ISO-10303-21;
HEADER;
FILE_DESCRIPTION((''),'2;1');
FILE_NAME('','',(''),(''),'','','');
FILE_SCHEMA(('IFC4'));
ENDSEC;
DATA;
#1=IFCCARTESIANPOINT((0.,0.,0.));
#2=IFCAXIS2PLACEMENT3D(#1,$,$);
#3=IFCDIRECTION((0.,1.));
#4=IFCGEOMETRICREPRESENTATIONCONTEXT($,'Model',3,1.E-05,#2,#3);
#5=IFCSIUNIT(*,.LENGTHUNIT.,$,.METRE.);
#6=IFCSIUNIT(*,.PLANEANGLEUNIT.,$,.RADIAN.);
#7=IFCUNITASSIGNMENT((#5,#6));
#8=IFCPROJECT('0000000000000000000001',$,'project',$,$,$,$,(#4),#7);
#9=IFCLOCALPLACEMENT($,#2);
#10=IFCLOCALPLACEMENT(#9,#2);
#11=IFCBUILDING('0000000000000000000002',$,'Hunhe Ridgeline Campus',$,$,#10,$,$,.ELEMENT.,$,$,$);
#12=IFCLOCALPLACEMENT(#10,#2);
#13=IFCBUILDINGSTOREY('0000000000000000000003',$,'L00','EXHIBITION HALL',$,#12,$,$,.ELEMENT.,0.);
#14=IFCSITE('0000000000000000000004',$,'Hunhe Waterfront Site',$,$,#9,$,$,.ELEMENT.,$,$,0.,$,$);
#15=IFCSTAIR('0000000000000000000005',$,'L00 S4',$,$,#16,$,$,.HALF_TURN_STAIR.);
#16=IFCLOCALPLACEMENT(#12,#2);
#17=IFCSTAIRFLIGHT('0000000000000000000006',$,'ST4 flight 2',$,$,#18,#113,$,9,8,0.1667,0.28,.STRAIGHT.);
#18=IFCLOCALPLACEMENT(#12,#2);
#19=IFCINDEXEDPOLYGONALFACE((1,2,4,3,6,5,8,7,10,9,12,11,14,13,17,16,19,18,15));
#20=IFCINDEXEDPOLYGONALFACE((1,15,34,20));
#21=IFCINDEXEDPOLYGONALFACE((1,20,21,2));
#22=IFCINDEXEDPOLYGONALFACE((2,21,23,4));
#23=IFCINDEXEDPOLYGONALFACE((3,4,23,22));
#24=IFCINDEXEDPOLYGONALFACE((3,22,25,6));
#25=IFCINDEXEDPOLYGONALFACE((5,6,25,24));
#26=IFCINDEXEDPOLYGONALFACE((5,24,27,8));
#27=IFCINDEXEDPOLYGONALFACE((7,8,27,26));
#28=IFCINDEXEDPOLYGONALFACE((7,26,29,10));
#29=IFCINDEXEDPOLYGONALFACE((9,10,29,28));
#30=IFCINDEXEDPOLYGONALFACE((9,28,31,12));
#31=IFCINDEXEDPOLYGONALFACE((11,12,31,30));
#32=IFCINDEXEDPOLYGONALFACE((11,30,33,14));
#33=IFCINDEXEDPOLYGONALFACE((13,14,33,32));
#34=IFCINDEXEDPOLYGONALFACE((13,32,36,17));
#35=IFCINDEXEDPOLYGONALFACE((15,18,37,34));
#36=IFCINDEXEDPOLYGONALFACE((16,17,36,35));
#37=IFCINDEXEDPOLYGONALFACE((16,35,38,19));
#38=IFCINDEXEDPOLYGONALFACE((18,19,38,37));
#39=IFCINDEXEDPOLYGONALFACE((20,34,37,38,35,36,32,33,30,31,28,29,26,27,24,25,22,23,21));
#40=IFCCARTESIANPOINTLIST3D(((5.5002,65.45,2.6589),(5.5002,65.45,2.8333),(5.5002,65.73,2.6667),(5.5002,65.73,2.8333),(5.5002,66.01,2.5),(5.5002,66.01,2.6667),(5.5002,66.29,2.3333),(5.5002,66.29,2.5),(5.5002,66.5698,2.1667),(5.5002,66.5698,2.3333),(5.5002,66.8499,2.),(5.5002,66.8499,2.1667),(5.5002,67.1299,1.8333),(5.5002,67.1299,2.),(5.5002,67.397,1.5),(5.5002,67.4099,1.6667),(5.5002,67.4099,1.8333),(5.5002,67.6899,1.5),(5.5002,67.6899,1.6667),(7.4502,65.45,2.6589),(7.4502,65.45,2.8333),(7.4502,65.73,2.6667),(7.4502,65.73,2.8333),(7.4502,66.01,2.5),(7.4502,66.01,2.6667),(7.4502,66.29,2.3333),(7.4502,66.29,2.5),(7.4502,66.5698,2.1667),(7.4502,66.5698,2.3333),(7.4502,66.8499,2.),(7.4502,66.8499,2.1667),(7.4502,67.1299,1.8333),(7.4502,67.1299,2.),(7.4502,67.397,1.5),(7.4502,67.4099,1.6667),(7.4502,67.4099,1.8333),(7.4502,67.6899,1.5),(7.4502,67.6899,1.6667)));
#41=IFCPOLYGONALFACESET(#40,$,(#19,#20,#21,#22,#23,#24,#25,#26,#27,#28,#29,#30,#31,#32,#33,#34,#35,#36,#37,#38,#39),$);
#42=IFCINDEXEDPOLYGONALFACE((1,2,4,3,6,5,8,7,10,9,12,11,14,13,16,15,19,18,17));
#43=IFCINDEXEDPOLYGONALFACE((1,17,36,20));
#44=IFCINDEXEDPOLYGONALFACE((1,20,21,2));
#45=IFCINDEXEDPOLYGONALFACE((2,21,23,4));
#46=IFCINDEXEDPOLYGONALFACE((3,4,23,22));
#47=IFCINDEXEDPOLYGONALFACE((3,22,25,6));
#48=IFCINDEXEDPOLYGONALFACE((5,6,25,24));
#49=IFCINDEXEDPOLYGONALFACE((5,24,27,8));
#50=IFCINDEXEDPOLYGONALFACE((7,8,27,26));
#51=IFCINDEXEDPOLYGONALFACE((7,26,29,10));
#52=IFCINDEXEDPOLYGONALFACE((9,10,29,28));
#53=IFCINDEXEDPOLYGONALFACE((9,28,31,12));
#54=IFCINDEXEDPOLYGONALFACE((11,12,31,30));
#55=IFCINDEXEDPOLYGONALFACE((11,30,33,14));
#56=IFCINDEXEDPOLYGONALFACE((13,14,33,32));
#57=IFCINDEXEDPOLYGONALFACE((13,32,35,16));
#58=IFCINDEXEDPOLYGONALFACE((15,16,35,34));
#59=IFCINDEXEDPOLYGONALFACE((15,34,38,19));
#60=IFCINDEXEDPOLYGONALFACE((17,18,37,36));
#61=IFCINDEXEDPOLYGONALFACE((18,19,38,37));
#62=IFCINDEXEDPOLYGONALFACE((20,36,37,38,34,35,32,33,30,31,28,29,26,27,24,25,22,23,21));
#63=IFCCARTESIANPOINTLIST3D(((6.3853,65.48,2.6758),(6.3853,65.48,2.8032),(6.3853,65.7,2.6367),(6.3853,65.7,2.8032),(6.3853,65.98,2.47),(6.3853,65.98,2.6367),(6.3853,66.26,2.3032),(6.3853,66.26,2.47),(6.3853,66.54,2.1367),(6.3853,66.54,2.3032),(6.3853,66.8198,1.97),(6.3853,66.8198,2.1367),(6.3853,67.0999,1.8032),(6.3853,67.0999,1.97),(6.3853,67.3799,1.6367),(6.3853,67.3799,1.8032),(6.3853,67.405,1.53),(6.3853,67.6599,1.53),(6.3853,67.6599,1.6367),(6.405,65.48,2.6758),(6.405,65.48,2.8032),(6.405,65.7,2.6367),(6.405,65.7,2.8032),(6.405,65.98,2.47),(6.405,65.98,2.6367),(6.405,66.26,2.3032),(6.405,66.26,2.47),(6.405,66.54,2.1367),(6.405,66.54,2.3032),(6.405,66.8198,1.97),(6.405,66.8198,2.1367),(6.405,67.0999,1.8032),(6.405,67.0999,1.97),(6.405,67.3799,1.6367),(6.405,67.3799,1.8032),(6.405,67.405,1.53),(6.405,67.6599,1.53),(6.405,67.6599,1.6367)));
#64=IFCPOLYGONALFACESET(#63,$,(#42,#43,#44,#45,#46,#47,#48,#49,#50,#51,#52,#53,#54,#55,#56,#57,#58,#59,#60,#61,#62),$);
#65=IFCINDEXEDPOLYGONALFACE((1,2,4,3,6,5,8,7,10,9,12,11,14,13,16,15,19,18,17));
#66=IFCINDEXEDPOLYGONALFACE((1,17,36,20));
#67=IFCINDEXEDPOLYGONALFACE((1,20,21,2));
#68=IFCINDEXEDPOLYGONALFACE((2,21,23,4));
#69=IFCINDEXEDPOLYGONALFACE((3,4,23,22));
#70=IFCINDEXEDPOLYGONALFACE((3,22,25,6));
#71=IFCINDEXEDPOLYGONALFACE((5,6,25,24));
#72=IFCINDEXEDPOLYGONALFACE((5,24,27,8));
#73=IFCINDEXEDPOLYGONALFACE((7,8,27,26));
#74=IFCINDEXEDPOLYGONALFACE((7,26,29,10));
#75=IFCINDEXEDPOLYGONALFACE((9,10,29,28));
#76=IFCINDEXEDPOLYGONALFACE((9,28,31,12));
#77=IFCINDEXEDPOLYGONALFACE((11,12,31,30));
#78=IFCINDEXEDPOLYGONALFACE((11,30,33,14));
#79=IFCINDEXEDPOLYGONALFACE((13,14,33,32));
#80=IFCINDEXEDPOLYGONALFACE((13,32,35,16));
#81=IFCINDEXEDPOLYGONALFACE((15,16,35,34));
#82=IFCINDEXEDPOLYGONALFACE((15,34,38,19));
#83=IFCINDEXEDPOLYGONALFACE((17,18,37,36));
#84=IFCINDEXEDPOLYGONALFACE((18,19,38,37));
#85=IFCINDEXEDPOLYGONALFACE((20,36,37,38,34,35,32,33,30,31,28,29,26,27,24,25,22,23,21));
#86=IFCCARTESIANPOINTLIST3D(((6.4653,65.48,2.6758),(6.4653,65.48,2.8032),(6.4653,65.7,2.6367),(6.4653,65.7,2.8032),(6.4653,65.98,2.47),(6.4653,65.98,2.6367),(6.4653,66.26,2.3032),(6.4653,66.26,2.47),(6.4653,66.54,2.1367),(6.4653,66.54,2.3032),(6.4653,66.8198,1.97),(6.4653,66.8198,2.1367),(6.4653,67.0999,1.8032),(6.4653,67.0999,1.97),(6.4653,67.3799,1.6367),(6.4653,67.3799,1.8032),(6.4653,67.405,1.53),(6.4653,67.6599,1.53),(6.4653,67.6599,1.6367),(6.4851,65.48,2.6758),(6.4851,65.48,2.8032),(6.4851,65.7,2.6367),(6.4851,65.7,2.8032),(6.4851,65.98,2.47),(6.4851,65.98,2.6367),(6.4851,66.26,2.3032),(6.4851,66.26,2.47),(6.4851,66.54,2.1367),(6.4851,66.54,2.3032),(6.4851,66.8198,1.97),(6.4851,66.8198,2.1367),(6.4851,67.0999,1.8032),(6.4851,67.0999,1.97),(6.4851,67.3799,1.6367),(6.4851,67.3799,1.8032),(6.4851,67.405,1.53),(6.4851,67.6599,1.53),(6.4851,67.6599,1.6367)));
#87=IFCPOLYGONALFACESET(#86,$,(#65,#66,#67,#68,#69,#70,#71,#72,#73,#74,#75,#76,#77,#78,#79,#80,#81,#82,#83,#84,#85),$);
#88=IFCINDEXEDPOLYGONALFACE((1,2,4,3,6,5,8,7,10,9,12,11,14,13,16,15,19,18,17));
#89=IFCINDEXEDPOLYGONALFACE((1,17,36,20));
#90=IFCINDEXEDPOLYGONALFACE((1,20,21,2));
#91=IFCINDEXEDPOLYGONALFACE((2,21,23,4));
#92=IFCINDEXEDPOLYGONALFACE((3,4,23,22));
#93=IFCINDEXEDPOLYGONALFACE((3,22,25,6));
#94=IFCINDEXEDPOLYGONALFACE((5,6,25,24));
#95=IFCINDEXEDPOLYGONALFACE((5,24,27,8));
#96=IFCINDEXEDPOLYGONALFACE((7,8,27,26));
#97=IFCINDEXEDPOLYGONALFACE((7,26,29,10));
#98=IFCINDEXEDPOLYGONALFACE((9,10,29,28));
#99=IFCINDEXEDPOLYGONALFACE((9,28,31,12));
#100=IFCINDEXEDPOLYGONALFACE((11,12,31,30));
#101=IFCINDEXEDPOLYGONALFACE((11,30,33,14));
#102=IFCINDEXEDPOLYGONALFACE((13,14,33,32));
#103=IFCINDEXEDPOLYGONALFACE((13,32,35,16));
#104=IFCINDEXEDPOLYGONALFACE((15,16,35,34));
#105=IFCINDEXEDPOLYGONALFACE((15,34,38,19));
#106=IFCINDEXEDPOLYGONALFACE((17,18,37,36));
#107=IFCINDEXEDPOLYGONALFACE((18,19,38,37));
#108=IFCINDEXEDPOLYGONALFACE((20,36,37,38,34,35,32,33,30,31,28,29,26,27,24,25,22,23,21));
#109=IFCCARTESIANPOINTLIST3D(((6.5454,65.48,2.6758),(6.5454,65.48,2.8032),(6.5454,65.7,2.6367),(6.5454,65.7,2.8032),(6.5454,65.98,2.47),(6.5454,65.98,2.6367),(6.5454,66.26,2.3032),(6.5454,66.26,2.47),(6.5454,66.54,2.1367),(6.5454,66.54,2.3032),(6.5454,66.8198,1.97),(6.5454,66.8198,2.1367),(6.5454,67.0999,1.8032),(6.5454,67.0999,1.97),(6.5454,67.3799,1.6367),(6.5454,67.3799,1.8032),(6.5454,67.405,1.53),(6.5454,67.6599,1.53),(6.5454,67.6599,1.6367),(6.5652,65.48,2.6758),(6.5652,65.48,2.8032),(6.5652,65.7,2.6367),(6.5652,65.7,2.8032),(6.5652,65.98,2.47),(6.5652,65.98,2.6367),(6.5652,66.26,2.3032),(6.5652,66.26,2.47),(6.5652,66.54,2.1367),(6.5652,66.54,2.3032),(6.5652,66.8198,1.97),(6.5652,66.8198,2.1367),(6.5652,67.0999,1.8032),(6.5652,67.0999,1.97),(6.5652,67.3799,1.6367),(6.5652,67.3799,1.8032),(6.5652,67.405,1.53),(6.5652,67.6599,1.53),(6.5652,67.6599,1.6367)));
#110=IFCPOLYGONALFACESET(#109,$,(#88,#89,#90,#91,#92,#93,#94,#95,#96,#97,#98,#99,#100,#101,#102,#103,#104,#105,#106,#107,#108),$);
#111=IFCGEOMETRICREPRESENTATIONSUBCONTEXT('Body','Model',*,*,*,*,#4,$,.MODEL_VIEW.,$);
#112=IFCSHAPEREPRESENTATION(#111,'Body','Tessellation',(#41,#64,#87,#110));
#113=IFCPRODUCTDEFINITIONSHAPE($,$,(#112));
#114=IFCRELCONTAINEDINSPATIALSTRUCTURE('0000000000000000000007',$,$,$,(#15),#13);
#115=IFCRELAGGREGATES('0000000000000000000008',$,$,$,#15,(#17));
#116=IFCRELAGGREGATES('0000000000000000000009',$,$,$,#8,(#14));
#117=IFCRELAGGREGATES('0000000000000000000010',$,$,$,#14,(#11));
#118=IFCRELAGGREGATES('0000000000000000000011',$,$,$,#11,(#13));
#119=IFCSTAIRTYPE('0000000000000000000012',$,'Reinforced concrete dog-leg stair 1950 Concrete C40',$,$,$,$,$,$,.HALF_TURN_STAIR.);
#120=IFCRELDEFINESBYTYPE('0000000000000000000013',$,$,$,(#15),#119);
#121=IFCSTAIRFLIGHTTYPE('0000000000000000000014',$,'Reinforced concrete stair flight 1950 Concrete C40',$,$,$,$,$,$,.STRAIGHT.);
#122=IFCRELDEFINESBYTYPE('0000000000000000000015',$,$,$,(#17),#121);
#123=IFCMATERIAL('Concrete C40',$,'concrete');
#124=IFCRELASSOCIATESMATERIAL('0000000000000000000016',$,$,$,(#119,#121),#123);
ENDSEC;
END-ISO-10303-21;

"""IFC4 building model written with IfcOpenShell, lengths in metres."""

from ifc_helpers import new_model, si_unit, direction, frame, origin, place, context, subcontext, project, spatial, polyline, outline, extrude, material, type_object, element, aggregate, save


model = new_model("IFC4")

# Units and contexts
model_context = context("Model", 3, precision=1e-05, world=origin(), true_north=direction((0.0, 1.0)))
body_context = subcontext(model_context, "Body", "Model", "MODEL_VIEW")
ifc_project = project(units=[si_unit("LENGTHUNIT", "METRE"), si_unit("PLANEANGLEUNIT", "RADIAN")], contexts=[model_context])

# Site, building, storey
site_placement = place(None, origin())
site = spatial("IfcSite", under=ifc_project, at=site_placement, Name="Hunhe Waterfront Site", CompositionType="ELEMENT", RefElevation=0.0)
building_placement = place(site_placement, origin())
building = spatial("IfcBuilding", under=site, at=building_placement, Name="Hunhe Ridgeline Campus", CompositionType="ELEMENT")
storey_placement = place(building_placement, origin())
storey = spatial("IfcBuildingStorey", under=building, at=storey_placement, Name="L00", Description="EXHIBITION HALL", CompositionType="ELEMENT", Elevation=0.0)

# Stair, stair flight
ifc_material_1 = material(Name="Concrete C40", Category="concrete")
stair_type = type_object("IfcStairType", Name="Reinforced concrete dog-leg stair 1950 Concrete C40", PredefinedType="HALF_TURN_STAIR", material=ifc_material_1)
stair_flight_type = type_object("IfcStairFlightType", Name="Reinforced concrete stair flight 1950 Concrete C40", PredefinedType="STRAIGHT", material=ifc_material_1)
stair_1_placement = place(storey_placement, origin())
stair_1 = element("IfcStair", 1, at=stair_1_placement, inside=storey, type_object=stair_type, Name="L00 S4", PredefinedType="HALF_TURN_STAIR")
stair_flight_1_placement = place(storey_placement, frame((6.4751, 67.6899, 1.5), z_axis=(0.0, 0.0, 1.0), x_axis=(0.0, -1.0, 0.0)))
stair_flight_1 = element("IfcStairFlight", 2, at=stair_flight_1_placement, type_object=stair_flight_type, Name="ST4 flight 2", NumberOfRisers=9, NumberOfTreads=8, PredefinedType="STRAIGHT", RiserHeight=0.1667, TreadLength=0.28, context=body_context, shape_type="SweptSolid", body=[
    extrude(outline(polyline([(0.0, 0.0), (0.0, 0.1667), (0.28, 0.1667), (0.28, 0.3333), (0.5601, 0.3333), (0.5601, 0.5), (0.8401, 0.5), (0.8401, 0.6667), (1.1201, 0.6667), (1.1201, 0.8333), (1.3999, 0.8333), (1.3999, 1.0), (1.6799, 1.0), (1.6799, 1.1667), (1.96, 1.1667), (1.96, 1.3333), (2.24, 1.3333), (2.24, 1.5), (2.24, 1.1589), (0.293, 0.0), (0.0, 0.0)])), frame((0.0, 0.9751, 0.0), z_axis=(0.0, -1.0, 0.0), x_axis=(1.0, 0.0, 0.0)), (0.0, 0.0, 1.0), 1.95),
    extrude(outline(polyline([(0.03, 0.03), (0.03, 0.1367), (0.3101, 0.1367), (0.3101, 0.3032), (0.5901, 0.3032), (0.5901, 0.47), (0.8701, 0.47), (0.8701, 0.6367), (1.1499, 0.6367), (1.1499, 0.8032), (1.4299, 0.8032), (1.4299, 0.97), (1.71, 0.97), (1.71, 1.1367), (1.99, 1.1367), (1.99, 1.3032), (2.21, 1.3032), (2.21, 1.1758), (0.2849, 0.03), (0.03, 0.03)])), frame((0.0, -0.0701, 0.0), z_axis=(0.0, -1.0, 0.0), x_axis=(1.0, 0.0, 0.0)), (0.0, 0.0, 1.0), 0.0198),
    extrude(outline(polyline([(0.03, 0.03), (0.03, 0.1367), (0.3101, 0.1367), (0.3101, 0.3032), (0.5901, 0.3032), (0.5901, 0.47), (0.8701, 0.47), (0.8701, 0.6367), (1.1499, 0.6367), (1.1499, 0.8032), (1.4299, 0.8032), (1.4299, 0.97), (1.71, 0.97), (1.71, 1.1367), (1.99, 1.1367), (1.99, 1.3032), (2.21, 1.3032), (2.21, 1.1758), (0.2849, 0.03), (0.03, 0.03)])), frame((0.0, 0.01, 0.0), z_axis=(0.0, -1.0, 0.0), x_axis=(1.0, 0.0, 0.0)), (0.0, 0.0, 1.0), 0.0198),
    extrude(outline(polyline([(0.03, 0.03), (0.03, 0.1367), (0.3101, 0.1367), (0.3101, 0.3032), (0.5901, 0.3032), (0.5901, 0.47), (0.8701, 0.47), (0.8701, 0.6367), (1.1499, 0.6367), (1.1499, 0.8032), (1.4299, 0.8032), (1.4299, 0.97), (1.71, 0.97), (1.71, 1.1367), (1.99, 1.1367), (1.99, 1.3032), (2.21, 1.3032), (2.21, 1.1758), (0.2849, 0.03), (0.03, 0.03)])), frame((0.0, 0.0901, 0.0), z_axis=(0.0, -1.0, 0.0), x_axis=(1.0, 0.0, 0.0)), (0.0, 0.0, 1.0), 0.0198),
])
aggregate(stair_1, [stair_flight_1])

save(model, "model.ifc")
